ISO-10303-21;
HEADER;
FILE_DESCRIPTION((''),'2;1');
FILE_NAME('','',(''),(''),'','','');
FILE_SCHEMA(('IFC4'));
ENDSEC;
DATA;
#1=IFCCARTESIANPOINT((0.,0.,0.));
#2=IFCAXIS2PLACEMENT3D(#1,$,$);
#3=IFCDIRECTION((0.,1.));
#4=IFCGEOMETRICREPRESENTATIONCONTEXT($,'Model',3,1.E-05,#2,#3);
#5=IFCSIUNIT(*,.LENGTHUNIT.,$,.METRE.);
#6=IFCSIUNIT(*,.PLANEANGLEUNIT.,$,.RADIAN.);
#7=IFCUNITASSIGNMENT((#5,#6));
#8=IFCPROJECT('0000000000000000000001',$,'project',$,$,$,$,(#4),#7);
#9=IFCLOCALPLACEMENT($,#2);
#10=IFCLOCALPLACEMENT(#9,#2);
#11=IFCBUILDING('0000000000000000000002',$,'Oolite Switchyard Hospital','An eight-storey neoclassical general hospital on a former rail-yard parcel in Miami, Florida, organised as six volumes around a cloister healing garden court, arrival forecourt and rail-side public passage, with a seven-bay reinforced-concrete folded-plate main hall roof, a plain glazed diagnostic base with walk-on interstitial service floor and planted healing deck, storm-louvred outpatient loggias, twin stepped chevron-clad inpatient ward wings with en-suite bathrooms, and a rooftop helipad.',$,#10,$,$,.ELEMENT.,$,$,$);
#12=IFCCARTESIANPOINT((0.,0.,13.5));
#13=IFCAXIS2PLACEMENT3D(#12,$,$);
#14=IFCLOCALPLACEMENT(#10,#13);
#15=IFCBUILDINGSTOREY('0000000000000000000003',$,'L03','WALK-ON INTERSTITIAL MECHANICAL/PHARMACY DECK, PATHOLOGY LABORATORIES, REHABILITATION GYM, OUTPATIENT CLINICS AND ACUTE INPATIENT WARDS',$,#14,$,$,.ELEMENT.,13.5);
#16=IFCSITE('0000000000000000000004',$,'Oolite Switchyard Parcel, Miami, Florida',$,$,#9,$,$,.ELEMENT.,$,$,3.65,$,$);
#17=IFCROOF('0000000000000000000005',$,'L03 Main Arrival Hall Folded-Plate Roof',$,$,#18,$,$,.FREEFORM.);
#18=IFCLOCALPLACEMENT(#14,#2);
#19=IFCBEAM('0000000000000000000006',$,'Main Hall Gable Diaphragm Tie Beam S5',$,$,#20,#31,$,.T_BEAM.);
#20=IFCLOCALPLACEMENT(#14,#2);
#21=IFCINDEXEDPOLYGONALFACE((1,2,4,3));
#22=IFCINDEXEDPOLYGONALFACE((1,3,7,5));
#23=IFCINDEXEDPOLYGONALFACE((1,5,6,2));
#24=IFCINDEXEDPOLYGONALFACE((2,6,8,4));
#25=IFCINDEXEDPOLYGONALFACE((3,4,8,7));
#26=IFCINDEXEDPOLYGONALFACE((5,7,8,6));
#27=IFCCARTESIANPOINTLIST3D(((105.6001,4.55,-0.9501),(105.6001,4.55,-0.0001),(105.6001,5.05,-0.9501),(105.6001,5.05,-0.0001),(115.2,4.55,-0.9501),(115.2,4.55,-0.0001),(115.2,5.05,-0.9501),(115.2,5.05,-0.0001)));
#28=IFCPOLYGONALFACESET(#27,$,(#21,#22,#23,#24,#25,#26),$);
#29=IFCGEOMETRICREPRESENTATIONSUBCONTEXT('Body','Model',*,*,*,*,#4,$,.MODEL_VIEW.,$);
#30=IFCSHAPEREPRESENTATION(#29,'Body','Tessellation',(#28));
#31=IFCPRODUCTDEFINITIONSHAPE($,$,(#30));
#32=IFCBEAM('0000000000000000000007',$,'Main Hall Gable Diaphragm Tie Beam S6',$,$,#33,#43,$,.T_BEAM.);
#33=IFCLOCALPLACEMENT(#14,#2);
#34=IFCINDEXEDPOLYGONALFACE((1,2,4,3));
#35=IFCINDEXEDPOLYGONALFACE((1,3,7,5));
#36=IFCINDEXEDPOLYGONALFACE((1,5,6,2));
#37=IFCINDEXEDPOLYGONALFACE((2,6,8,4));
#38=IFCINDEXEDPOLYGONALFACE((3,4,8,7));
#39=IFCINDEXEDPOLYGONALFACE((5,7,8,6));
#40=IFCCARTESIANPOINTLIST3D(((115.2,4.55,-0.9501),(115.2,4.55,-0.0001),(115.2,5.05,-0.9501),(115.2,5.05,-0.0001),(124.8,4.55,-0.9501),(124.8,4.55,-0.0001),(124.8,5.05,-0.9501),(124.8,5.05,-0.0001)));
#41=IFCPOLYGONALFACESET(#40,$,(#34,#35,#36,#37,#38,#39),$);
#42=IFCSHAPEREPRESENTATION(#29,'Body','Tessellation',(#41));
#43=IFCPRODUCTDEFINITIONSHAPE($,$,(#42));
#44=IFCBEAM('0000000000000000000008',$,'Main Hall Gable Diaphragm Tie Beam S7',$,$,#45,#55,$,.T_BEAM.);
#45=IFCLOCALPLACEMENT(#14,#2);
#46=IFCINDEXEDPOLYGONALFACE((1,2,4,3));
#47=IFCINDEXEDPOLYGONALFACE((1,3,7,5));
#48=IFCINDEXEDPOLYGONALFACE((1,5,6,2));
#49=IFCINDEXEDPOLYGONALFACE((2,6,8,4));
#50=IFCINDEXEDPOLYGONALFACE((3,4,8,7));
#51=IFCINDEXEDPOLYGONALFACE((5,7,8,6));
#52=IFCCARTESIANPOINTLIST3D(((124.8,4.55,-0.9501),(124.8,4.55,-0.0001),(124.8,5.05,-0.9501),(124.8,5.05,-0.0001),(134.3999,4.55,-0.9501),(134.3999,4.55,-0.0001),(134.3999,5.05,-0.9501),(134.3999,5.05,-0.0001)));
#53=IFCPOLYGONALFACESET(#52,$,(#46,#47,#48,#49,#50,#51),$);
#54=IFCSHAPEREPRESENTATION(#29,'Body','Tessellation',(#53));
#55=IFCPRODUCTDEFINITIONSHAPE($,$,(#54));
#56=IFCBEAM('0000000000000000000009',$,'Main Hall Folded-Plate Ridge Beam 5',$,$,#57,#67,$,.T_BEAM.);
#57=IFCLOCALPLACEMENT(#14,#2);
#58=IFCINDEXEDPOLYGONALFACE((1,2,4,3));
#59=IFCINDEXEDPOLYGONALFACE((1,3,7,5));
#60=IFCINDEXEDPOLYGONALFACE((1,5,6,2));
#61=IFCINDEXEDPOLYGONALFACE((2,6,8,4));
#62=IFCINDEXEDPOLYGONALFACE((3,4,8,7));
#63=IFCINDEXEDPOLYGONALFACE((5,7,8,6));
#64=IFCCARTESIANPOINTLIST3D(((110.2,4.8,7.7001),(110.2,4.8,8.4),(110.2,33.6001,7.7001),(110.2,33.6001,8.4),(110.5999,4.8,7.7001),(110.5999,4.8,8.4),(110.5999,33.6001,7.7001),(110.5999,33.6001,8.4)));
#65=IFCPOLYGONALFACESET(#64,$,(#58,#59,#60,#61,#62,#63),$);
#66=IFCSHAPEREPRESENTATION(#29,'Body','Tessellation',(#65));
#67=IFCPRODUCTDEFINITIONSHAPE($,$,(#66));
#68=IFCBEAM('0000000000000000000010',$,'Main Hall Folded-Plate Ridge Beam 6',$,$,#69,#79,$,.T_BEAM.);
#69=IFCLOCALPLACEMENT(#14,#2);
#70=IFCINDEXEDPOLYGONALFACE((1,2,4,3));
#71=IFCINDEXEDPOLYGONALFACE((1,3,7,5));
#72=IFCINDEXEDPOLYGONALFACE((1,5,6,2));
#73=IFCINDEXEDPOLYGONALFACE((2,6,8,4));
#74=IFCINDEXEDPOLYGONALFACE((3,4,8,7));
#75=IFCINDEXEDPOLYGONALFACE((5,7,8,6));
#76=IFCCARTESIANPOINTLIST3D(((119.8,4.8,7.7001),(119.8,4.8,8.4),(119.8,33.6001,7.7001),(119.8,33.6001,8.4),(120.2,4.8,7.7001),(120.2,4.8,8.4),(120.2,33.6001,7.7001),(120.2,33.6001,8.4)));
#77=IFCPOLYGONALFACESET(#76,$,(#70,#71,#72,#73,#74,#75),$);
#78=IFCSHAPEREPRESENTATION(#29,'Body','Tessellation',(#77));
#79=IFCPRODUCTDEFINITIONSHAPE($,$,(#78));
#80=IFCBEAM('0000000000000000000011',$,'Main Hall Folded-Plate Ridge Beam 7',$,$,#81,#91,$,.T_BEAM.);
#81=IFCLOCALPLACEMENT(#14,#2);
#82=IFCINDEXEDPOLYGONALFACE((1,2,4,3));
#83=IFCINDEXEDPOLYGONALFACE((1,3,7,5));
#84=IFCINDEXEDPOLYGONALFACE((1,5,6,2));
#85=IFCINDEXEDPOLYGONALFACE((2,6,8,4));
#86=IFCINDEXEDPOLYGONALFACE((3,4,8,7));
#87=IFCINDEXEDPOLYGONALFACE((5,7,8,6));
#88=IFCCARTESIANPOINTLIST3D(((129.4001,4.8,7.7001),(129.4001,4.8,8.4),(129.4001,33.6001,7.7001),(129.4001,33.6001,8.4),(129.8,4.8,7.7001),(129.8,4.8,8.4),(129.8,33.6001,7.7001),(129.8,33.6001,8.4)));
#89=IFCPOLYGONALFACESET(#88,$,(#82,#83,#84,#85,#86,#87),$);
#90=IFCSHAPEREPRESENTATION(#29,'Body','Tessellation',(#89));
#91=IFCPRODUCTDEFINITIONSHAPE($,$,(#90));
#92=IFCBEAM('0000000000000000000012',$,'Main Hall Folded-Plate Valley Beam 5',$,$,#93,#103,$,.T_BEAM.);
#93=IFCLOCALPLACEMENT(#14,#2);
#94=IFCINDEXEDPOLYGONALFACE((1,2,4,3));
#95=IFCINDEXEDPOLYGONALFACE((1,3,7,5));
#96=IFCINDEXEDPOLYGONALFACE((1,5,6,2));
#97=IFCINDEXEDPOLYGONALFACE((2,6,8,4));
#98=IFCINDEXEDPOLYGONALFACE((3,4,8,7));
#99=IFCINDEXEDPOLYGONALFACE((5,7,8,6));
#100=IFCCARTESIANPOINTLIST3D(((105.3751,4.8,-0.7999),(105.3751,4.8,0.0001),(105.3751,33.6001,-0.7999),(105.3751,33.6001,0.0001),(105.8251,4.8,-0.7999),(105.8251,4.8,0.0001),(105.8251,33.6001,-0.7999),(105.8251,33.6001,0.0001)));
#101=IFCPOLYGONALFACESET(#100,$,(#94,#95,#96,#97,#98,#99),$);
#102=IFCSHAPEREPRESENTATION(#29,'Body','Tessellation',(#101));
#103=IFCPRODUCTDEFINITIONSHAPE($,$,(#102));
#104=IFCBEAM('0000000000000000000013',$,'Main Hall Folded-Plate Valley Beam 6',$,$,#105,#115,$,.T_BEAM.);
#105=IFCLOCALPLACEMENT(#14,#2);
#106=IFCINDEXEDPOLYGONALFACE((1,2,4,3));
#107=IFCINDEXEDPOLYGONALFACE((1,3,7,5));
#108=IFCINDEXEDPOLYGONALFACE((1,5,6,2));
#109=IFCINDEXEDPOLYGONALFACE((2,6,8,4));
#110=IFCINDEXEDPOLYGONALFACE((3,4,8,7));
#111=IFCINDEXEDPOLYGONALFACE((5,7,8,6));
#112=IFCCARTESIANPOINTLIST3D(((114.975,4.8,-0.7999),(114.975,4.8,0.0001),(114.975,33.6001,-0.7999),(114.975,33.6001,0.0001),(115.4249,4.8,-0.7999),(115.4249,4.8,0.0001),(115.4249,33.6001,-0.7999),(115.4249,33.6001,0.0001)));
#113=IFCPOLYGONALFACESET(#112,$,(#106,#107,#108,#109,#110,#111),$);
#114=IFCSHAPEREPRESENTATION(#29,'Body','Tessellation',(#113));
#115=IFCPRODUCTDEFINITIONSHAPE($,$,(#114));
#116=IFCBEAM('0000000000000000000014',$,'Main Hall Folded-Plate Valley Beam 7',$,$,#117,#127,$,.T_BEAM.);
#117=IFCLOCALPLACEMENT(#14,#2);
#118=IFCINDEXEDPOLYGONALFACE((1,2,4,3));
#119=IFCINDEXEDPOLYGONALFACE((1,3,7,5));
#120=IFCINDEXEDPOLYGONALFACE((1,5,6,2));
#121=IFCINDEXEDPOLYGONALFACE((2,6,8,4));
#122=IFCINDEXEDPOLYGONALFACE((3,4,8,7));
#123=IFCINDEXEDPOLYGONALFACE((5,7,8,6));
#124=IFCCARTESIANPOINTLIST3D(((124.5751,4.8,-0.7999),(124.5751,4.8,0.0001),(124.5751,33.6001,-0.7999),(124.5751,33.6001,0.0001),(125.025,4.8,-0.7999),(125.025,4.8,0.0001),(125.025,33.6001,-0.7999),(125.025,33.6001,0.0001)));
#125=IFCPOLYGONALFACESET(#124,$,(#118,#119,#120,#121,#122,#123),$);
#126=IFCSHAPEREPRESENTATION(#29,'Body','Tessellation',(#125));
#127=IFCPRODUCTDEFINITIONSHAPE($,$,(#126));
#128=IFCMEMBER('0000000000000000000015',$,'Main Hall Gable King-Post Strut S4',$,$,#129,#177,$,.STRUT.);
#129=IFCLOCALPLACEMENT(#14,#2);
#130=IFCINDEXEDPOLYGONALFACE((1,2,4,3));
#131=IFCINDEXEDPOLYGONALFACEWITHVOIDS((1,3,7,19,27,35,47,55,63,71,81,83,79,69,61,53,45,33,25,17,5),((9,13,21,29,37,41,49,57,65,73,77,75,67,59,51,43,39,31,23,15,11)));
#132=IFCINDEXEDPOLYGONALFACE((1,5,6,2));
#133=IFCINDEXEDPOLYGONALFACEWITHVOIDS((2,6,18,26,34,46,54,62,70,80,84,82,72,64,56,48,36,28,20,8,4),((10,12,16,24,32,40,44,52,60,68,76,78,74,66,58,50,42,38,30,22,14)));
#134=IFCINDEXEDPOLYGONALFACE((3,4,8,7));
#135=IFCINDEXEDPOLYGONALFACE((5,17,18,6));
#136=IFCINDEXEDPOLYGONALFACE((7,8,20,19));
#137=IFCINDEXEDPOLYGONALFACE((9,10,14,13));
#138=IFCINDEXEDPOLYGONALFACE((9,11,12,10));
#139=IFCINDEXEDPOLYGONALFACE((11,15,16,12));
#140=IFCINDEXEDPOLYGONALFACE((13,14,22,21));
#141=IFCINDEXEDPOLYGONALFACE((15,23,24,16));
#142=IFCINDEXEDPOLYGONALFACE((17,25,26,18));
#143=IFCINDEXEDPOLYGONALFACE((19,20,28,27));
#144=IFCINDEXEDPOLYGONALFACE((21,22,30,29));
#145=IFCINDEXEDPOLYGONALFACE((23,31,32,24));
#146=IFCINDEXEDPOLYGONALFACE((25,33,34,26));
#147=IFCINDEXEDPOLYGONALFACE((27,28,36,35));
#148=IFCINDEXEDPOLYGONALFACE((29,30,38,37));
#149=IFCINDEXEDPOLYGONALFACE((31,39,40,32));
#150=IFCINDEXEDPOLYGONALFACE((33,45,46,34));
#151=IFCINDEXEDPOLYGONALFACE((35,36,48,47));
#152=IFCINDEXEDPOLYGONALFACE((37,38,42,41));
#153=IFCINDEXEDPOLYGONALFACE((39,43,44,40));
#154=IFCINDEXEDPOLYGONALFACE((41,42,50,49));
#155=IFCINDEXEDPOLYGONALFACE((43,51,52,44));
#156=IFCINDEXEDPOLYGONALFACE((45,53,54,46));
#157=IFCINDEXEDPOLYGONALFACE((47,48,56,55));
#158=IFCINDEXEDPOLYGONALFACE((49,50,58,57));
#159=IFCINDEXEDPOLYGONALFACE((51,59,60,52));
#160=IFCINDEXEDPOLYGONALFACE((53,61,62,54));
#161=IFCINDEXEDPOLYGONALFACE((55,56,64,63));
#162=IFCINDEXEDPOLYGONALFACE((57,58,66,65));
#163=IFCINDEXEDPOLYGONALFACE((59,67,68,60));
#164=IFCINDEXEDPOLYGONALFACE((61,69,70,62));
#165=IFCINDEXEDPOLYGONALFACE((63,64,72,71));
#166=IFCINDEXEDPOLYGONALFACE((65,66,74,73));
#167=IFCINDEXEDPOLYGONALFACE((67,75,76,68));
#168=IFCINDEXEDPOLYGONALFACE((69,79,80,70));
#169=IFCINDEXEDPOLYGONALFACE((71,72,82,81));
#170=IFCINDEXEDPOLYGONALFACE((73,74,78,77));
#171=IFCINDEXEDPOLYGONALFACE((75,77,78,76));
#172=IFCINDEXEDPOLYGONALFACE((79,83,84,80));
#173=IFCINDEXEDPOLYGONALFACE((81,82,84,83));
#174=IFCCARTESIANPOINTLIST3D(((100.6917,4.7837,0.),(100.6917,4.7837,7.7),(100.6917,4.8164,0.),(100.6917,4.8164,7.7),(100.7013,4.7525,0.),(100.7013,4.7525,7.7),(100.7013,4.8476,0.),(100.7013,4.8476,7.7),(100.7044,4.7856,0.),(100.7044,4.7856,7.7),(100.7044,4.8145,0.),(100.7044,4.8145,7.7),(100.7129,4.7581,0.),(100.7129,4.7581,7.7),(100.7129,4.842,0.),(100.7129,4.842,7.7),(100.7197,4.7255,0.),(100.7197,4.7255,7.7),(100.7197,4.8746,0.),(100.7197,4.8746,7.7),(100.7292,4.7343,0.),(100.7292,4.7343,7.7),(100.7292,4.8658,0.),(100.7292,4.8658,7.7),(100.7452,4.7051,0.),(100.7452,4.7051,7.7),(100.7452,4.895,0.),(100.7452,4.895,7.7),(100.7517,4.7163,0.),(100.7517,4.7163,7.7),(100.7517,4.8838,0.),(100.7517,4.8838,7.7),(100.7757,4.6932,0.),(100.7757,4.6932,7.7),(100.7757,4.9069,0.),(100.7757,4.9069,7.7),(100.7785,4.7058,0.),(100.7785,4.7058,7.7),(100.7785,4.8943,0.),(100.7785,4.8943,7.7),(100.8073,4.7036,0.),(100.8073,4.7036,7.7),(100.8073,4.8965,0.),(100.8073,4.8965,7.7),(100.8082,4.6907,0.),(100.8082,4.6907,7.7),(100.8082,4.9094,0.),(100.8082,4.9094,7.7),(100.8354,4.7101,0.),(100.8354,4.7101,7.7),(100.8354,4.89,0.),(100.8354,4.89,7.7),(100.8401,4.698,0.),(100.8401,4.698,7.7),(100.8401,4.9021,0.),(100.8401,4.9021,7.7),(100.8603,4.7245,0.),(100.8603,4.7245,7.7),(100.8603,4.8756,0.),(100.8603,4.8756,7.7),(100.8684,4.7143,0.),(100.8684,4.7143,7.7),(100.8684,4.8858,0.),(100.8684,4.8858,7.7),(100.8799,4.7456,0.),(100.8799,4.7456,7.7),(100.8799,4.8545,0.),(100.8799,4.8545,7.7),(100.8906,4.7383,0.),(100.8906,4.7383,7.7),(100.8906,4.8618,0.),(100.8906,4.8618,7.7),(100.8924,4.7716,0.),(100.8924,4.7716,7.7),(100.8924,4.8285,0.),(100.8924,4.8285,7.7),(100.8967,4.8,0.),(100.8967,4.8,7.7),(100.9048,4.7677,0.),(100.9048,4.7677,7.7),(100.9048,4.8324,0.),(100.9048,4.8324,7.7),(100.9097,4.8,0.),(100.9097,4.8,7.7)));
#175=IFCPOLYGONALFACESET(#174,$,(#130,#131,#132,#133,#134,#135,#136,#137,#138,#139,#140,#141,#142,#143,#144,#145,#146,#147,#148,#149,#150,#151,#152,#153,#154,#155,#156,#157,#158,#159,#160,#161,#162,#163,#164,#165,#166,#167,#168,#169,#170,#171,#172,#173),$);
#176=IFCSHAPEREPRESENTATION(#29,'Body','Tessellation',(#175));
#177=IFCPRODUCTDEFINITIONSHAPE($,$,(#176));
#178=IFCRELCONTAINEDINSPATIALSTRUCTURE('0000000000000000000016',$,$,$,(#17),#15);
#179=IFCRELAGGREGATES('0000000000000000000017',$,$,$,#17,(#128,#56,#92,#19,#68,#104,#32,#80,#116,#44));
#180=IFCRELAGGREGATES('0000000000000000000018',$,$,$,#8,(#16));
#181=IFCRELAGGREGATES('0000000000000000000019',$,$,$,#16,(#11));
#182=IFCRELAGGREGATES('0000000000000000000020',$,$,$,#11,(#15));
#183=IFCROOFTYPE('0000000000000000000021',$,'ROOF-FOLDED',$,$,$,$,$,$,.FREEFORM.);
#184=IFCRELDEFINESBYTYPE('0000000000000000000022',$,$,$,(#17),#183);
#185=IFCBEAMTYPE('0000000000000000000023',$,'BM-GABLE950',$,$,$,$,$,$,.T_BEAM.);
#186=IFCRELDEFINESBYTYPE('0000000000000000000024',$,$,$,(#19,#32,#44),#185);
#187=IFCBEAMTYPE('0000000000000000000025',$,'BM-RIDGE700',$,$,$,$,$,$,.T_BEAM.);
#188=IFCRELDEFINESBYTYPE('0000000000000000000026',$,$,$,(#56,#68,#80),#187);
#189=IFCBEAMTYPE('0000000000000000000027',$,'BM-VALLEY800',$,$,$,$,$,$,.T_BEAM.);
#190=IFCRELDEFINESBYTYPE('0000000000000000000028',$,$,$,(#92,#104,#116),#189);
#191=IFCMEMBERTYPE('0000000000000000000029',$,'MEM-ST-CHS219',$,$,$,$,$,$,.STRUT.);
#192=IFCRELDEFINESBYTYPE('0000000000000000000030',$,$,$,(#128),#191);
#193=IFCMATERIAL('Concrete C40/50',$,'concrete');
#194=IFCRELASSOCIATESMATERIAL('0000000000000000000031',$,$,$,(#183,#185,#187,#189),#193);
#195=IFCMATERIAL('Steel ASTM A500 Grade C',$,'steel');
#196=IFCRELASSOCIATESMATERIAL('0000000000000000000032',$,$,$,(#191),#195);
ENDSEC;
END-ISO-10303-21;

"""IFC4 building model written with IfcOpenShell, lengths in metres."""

from ifc_helpers import new_model, si_unit, direction, frame, origin, origin_2d, place, context, subcontext, project, spatial, rectangle, hollow_circle, extrude, material, material_profile, profile_set, type_object, element, aggregate, save


model = new_model("IFC4")

# Units and contexts
model_context = context("Model", 3, precision=1e-05, world=origin(), true_north=direction((0.0, 1.0)))
body_context = subcontext(model_context, "Body", "Model", "MODEL_VIEW")
ifc_project = project(units=[si_unit("LENGTHUNIT", "METRE"), si_unit("PLANEANGLEUNIT", "RADIAN")], contexts=[model_context])

# Site, building, storey
site_placement = place(None, origin())
site = spatial("IfcSite", under=ifc_project, at=site_placement, Name="Oolite Switchyard Parcel, Miami, Florida", CompositionType="ELEMENT", RefElevation=3.65)
building_placement = place(site_placement, origin())
building = spatial("IfcBuilding", under=site, at=building_placement, Name="Oolite Switchyard Hospital", Description="An eight-storey neoclassical general hospital on a former rail-yard parcel in Miami, Florida, organised as six volumes around a cloister healing garden court, arrival forecourt and rail-side public passage, with a seven-bay reinforced-concrete folded-plate main hall roof, a plain glazed diagnostic base with walk-on interstitial service floor and planted healing deck, storm-louvred outpatient loggias, twin stepped chevron-clad inpatient ward wings with en-suite bathrooms, and a rooftop helipad.", CompositionType="ELEMENT")
storey_placement = place(building_placement, frame((0.0, 0.0, 13.5)))
storey = spatial("IfcBuildingStorey", under=building, at=storey_placement, Name="L03", Description="WALK-ON INTERSTITIAL MECHANICAL/PHARMACY DECK, PATHOLOGY LABORATORIES, REHABILITATION GYM, OUTPATIENT CLINICS AND ACUTE INPATIENT WARDS", CompositionType="ELEMENT", Elevation=13.5)

# Roof, beams, member
ifc_material_1 = material(Name="Concrete C40/50", Category="concrete")
roof_type = type_object("IfcRoofType", Name="ROOF-FOLDED", PredefinedType="FREEFORM", material=ifc_material_1)
roof_placement = place(storey_placement, origin())
roof = element("IfcRoof", 1, at=roof_placement, inside=storey, type_object=roof_type, Name="L03 Main Arrival Hall Folded-Plate Roof", PredefinedType="FREEFORM")
ifc_material_profile_1 = material_profile(ifc_material_1, rectangle(XDim=0.5, YDim=0.95, at=origin_2d()), Name="RCG500X950")
ifc_profile_set_1 = profile_set([ifc_material_profile_1], Name="Concrete C40/50")
beam_type_1 = type_object("IfcBeamType", Name="BM-GABLE950", PredefinedType="T_BEAM", material=ifc_profile_set_1)
beam_1_placement = place(storey_placement, frame((105.6001, 4.8, -0.4751), z_axis=(1.0, 0.0, 0.0), x_axis=(0.0, 1.0, 0.0)))
beam_1 = element("IfcBeam", 2, at=beam_1_placement, type_object=beam_type_1, Name="Main Hall Gable Diaphragm Tie Beam S5", PredefinedType="T_BEAM", context=body_context, shape_type="SweptSolid", body=[
    extrude(rectangle(XDim=0.5, YDim=0.95, at=origin_2d()), origin(), (0.0, 0.0, 1.0), 9.5999),
])
beam_2_placement = place(storey_placement, frame((115.2, 4.8, -0.4751), z_axis=(1.0, 0.0, 0.0), x_axis=(0.0, 1.0, 0.0)))
beam_2 = element("IfcBeam", 3, at=beam_2_placement, type_object=beam_type_1, Name="Main Hall Gable Diaphragm Tie Beam S6", PredefinedType="T_BEAM", context=body_context, shape_type="SweptSolid", body=[
    extrude(rectangle(XDim=0.5, YDim=0.95, at=origin_2d()), origin(), (0.0, 0.0, 1.0), 9.6001),
])
beam_3_placement = place(storey_placement, frame((124.8, 4.8, -0.4751), z_axis=(1.0, 0.0, 0.0), x_axis=(0.0, 1.0, 0.0)))
beam_3 = element("IfcBeam", 4, at=beam_3_placement, type_object=beam_type_1, Name="Main Hall Gable Diaphragm Tie Beam S7", PredefinedType="T_BEAM", context=body_context, shape_type="SweptSolid", body=[
    extrude(rectangle(XDim=0.5, YDim=0.95, at=origin_2d()), origin(), (0.0, 0.0, 1.0), 9.5999),
])
ifc_material_profile_2 = material_profile(ifc_material_1, rectangle(XDim=0.3999, YDim=0.7, at=origin_2d()), Name="RCR400X700")
ifc_profile_set_2 = profile_set([ifc_material_profile_2], Name="Concrete C40/50")
beam_type_2 = type_object("IfcBeamType", Name="BM-RIDGE700", PredefinedType="T_BEAM", material=ifc_profile_set_2)
beam_4_placement = place(storey_placement, frame((110.3999, 4.8, 8.05), z_axis=(0.0, 1.0, 0.0), x_axis=(-1.0, 0.0, 0.0)))
beam_4 = element("IfcBeam", 5, at=beam_4_placement, type_object=beam_type_2, Name="Main Hall Folded-Plate Ridge Beam 5", PredefinedType="T_BEAM", context=body_context, shape_type="SweptSolid", body=[
    extrude(rectangle(XDim=0.3999, YDim=0.7, at=origin_2d()), origin(), (0.0, 0.0, 1.0), 28.8),
])
beam_5_placement = place(storey_placement, frame((120.0, 4.8, 8.05), z_axis=(0.0, 1.0, 0.0), x_axis=(-1.0, 0.0, 0.0)))
beam_5 = element("IfcBeam", 6, at=beam_5_placement, type_object=beam_type_2, Name="Main Hall Folded-Plate Ridge Beam 6", PredefinedType="T_BEAM", context=body_context, shape_type="SweptSolid", body=[
    extrude(rectangle(XDim=0.3999, YDim=0.7, at=origin_2d()), origin(), (0.0, 0.0, 1.0), 28.8),
])
beam_6_placement = place(storey_placement, frame((129.6001, 4.8, 8.05), z_axis=(0.0, 1.0, 0.0), x_axis=(-1.0, 0.0, 0.0)))
beam_6 = element("IfcBeam", 7, at=beam_6_placement, type_object=beam_type_2, Name="Main Hall Folded-Plate Ridge Beam 7", PredefinedType="T_BEAM", context=body_context, shape_type="SweptSolid", body=[
    extrude(rectangle(XDim=0.3999, YDim=0.7, at=origin_2d()), origin(), (0.0, 0.0, 1.0), 28.8),
])
ifc_material_profile_3 = material_profile(ifc_material_1, rectangle(XDim=0.45, YDim=0.8, at=origin_2d()), Name="RCV450X800")
ifc_profile_set_3 = profile_set([ifc_material_profile_3], Name="Concrete C40/50")
beam_type_3 = type_object("IfcBeamType", Name="BM-VALLEY800", PredefinedType="T_BEAM", material=ifc_profile_set_3)
beam_7_placement = place(storey_placement, frame((105.6001, 4.8, -0.3999), z_axis=(0.0, 1.0, 0.0), x_axis=(-1.0, 0.0, 0.0)))
beam_7 = element("IfcBeam", 8, at=beam_7_placement, type_object=beam_type_3, Name="Main Hall Folded-Plate Valley Beam 5", PredefinedType="T_BEAM", context=body_context, shape_type="SweptSolid", body=[
    extrude(rectangle(XDim=0.45, YDim=0.8, at=origin_2d()), origin(), (0.0, 0.0, 1.0), 28.8),
])
beam_8_placement = place(storey_placement, frame((115.2, 4.8, -0.3999), z_axis=(0.0, 1.0, 0.0), x_axis=(-1.0, 0.0, 0.0)))
beam_8 = element("IfcBeam", 9, at=beam_8_placement, type_object=beam_type_3, Name="Main Hall Folded-Plate Valley Beam 6", PredefinedType="T_BEAM", context=body_context, shape_type="SweptSolid", body=[
    extrude(rectangle(XDim=0.45, YDim=0.8, at=origin_2d()), origin(), (0.0, 0.0, 1.0), 28.8),
])
beam_9_placement = place(storey_placement, frame((124.8, 4.8, -0.3999), z_axis=(0.0, 1.0, 0.0), x_axis=(-1.0, 0.0, 0.0)))
beam_9 = element("IfcBeam", 10, at=beam_9_placement, type_object=beam_type_3, Name="Main Hall Folded-Plate Valley Beam 7", PredefinedType="T_BEAM", context=body_context, shape_type="SweptSolid", body=[
    extrude(rectangle(XDim=0.45, YDim=0.8, at=origin_2d()), origin(), (0.0, 0.0, 1.0), 28.8),
])
ifc_material_2 = material(Name="Steel ASTM A500 Grade C", Category="steel")
ifc_material_profile_4 = material_profile(ifc_material_2, hollow_circle(Radius=0.1096, WallThickness=0.0129, at=origin_2d()), Name="HSS219X13")
ifc_profile_set_4 = profile_set([ifc_material_profile_4], Name="Steel ASTM A500 Grade C")
member_type = type_object("IfcMemberType", Name="MEM-ST-CHS219", PredefinedType="STRUT", material=ifc_profile_set_4)
member_1_placement = place(storey_placement, frame((100.8, 4.8, 0.0), z_axis=(0.0, 0.0, 1.0), x_axis=(1.0, 0.0, 0.0)))
member_1 = element("IfcMember", 11, at=member_1_placement, type_object=member_type, Name="Main Hall Gable King-Post Strut S4", PredefinedType="STRUT", context=body_context, shape_type="SweptSolid", body=[
    extrude(hollow_circle(Radius=0.1096, WallThickness=0.0129, at=origin_2d()), origin(), (0.0, 0.0, 1.0), 7.7),
])

aggregate(roof, [member_1, beam_4, beam_7, beam_1, beam_5, beam_8, beam_2, beam_6, beam_9, beam_3])

save(model, "model.ifc")
